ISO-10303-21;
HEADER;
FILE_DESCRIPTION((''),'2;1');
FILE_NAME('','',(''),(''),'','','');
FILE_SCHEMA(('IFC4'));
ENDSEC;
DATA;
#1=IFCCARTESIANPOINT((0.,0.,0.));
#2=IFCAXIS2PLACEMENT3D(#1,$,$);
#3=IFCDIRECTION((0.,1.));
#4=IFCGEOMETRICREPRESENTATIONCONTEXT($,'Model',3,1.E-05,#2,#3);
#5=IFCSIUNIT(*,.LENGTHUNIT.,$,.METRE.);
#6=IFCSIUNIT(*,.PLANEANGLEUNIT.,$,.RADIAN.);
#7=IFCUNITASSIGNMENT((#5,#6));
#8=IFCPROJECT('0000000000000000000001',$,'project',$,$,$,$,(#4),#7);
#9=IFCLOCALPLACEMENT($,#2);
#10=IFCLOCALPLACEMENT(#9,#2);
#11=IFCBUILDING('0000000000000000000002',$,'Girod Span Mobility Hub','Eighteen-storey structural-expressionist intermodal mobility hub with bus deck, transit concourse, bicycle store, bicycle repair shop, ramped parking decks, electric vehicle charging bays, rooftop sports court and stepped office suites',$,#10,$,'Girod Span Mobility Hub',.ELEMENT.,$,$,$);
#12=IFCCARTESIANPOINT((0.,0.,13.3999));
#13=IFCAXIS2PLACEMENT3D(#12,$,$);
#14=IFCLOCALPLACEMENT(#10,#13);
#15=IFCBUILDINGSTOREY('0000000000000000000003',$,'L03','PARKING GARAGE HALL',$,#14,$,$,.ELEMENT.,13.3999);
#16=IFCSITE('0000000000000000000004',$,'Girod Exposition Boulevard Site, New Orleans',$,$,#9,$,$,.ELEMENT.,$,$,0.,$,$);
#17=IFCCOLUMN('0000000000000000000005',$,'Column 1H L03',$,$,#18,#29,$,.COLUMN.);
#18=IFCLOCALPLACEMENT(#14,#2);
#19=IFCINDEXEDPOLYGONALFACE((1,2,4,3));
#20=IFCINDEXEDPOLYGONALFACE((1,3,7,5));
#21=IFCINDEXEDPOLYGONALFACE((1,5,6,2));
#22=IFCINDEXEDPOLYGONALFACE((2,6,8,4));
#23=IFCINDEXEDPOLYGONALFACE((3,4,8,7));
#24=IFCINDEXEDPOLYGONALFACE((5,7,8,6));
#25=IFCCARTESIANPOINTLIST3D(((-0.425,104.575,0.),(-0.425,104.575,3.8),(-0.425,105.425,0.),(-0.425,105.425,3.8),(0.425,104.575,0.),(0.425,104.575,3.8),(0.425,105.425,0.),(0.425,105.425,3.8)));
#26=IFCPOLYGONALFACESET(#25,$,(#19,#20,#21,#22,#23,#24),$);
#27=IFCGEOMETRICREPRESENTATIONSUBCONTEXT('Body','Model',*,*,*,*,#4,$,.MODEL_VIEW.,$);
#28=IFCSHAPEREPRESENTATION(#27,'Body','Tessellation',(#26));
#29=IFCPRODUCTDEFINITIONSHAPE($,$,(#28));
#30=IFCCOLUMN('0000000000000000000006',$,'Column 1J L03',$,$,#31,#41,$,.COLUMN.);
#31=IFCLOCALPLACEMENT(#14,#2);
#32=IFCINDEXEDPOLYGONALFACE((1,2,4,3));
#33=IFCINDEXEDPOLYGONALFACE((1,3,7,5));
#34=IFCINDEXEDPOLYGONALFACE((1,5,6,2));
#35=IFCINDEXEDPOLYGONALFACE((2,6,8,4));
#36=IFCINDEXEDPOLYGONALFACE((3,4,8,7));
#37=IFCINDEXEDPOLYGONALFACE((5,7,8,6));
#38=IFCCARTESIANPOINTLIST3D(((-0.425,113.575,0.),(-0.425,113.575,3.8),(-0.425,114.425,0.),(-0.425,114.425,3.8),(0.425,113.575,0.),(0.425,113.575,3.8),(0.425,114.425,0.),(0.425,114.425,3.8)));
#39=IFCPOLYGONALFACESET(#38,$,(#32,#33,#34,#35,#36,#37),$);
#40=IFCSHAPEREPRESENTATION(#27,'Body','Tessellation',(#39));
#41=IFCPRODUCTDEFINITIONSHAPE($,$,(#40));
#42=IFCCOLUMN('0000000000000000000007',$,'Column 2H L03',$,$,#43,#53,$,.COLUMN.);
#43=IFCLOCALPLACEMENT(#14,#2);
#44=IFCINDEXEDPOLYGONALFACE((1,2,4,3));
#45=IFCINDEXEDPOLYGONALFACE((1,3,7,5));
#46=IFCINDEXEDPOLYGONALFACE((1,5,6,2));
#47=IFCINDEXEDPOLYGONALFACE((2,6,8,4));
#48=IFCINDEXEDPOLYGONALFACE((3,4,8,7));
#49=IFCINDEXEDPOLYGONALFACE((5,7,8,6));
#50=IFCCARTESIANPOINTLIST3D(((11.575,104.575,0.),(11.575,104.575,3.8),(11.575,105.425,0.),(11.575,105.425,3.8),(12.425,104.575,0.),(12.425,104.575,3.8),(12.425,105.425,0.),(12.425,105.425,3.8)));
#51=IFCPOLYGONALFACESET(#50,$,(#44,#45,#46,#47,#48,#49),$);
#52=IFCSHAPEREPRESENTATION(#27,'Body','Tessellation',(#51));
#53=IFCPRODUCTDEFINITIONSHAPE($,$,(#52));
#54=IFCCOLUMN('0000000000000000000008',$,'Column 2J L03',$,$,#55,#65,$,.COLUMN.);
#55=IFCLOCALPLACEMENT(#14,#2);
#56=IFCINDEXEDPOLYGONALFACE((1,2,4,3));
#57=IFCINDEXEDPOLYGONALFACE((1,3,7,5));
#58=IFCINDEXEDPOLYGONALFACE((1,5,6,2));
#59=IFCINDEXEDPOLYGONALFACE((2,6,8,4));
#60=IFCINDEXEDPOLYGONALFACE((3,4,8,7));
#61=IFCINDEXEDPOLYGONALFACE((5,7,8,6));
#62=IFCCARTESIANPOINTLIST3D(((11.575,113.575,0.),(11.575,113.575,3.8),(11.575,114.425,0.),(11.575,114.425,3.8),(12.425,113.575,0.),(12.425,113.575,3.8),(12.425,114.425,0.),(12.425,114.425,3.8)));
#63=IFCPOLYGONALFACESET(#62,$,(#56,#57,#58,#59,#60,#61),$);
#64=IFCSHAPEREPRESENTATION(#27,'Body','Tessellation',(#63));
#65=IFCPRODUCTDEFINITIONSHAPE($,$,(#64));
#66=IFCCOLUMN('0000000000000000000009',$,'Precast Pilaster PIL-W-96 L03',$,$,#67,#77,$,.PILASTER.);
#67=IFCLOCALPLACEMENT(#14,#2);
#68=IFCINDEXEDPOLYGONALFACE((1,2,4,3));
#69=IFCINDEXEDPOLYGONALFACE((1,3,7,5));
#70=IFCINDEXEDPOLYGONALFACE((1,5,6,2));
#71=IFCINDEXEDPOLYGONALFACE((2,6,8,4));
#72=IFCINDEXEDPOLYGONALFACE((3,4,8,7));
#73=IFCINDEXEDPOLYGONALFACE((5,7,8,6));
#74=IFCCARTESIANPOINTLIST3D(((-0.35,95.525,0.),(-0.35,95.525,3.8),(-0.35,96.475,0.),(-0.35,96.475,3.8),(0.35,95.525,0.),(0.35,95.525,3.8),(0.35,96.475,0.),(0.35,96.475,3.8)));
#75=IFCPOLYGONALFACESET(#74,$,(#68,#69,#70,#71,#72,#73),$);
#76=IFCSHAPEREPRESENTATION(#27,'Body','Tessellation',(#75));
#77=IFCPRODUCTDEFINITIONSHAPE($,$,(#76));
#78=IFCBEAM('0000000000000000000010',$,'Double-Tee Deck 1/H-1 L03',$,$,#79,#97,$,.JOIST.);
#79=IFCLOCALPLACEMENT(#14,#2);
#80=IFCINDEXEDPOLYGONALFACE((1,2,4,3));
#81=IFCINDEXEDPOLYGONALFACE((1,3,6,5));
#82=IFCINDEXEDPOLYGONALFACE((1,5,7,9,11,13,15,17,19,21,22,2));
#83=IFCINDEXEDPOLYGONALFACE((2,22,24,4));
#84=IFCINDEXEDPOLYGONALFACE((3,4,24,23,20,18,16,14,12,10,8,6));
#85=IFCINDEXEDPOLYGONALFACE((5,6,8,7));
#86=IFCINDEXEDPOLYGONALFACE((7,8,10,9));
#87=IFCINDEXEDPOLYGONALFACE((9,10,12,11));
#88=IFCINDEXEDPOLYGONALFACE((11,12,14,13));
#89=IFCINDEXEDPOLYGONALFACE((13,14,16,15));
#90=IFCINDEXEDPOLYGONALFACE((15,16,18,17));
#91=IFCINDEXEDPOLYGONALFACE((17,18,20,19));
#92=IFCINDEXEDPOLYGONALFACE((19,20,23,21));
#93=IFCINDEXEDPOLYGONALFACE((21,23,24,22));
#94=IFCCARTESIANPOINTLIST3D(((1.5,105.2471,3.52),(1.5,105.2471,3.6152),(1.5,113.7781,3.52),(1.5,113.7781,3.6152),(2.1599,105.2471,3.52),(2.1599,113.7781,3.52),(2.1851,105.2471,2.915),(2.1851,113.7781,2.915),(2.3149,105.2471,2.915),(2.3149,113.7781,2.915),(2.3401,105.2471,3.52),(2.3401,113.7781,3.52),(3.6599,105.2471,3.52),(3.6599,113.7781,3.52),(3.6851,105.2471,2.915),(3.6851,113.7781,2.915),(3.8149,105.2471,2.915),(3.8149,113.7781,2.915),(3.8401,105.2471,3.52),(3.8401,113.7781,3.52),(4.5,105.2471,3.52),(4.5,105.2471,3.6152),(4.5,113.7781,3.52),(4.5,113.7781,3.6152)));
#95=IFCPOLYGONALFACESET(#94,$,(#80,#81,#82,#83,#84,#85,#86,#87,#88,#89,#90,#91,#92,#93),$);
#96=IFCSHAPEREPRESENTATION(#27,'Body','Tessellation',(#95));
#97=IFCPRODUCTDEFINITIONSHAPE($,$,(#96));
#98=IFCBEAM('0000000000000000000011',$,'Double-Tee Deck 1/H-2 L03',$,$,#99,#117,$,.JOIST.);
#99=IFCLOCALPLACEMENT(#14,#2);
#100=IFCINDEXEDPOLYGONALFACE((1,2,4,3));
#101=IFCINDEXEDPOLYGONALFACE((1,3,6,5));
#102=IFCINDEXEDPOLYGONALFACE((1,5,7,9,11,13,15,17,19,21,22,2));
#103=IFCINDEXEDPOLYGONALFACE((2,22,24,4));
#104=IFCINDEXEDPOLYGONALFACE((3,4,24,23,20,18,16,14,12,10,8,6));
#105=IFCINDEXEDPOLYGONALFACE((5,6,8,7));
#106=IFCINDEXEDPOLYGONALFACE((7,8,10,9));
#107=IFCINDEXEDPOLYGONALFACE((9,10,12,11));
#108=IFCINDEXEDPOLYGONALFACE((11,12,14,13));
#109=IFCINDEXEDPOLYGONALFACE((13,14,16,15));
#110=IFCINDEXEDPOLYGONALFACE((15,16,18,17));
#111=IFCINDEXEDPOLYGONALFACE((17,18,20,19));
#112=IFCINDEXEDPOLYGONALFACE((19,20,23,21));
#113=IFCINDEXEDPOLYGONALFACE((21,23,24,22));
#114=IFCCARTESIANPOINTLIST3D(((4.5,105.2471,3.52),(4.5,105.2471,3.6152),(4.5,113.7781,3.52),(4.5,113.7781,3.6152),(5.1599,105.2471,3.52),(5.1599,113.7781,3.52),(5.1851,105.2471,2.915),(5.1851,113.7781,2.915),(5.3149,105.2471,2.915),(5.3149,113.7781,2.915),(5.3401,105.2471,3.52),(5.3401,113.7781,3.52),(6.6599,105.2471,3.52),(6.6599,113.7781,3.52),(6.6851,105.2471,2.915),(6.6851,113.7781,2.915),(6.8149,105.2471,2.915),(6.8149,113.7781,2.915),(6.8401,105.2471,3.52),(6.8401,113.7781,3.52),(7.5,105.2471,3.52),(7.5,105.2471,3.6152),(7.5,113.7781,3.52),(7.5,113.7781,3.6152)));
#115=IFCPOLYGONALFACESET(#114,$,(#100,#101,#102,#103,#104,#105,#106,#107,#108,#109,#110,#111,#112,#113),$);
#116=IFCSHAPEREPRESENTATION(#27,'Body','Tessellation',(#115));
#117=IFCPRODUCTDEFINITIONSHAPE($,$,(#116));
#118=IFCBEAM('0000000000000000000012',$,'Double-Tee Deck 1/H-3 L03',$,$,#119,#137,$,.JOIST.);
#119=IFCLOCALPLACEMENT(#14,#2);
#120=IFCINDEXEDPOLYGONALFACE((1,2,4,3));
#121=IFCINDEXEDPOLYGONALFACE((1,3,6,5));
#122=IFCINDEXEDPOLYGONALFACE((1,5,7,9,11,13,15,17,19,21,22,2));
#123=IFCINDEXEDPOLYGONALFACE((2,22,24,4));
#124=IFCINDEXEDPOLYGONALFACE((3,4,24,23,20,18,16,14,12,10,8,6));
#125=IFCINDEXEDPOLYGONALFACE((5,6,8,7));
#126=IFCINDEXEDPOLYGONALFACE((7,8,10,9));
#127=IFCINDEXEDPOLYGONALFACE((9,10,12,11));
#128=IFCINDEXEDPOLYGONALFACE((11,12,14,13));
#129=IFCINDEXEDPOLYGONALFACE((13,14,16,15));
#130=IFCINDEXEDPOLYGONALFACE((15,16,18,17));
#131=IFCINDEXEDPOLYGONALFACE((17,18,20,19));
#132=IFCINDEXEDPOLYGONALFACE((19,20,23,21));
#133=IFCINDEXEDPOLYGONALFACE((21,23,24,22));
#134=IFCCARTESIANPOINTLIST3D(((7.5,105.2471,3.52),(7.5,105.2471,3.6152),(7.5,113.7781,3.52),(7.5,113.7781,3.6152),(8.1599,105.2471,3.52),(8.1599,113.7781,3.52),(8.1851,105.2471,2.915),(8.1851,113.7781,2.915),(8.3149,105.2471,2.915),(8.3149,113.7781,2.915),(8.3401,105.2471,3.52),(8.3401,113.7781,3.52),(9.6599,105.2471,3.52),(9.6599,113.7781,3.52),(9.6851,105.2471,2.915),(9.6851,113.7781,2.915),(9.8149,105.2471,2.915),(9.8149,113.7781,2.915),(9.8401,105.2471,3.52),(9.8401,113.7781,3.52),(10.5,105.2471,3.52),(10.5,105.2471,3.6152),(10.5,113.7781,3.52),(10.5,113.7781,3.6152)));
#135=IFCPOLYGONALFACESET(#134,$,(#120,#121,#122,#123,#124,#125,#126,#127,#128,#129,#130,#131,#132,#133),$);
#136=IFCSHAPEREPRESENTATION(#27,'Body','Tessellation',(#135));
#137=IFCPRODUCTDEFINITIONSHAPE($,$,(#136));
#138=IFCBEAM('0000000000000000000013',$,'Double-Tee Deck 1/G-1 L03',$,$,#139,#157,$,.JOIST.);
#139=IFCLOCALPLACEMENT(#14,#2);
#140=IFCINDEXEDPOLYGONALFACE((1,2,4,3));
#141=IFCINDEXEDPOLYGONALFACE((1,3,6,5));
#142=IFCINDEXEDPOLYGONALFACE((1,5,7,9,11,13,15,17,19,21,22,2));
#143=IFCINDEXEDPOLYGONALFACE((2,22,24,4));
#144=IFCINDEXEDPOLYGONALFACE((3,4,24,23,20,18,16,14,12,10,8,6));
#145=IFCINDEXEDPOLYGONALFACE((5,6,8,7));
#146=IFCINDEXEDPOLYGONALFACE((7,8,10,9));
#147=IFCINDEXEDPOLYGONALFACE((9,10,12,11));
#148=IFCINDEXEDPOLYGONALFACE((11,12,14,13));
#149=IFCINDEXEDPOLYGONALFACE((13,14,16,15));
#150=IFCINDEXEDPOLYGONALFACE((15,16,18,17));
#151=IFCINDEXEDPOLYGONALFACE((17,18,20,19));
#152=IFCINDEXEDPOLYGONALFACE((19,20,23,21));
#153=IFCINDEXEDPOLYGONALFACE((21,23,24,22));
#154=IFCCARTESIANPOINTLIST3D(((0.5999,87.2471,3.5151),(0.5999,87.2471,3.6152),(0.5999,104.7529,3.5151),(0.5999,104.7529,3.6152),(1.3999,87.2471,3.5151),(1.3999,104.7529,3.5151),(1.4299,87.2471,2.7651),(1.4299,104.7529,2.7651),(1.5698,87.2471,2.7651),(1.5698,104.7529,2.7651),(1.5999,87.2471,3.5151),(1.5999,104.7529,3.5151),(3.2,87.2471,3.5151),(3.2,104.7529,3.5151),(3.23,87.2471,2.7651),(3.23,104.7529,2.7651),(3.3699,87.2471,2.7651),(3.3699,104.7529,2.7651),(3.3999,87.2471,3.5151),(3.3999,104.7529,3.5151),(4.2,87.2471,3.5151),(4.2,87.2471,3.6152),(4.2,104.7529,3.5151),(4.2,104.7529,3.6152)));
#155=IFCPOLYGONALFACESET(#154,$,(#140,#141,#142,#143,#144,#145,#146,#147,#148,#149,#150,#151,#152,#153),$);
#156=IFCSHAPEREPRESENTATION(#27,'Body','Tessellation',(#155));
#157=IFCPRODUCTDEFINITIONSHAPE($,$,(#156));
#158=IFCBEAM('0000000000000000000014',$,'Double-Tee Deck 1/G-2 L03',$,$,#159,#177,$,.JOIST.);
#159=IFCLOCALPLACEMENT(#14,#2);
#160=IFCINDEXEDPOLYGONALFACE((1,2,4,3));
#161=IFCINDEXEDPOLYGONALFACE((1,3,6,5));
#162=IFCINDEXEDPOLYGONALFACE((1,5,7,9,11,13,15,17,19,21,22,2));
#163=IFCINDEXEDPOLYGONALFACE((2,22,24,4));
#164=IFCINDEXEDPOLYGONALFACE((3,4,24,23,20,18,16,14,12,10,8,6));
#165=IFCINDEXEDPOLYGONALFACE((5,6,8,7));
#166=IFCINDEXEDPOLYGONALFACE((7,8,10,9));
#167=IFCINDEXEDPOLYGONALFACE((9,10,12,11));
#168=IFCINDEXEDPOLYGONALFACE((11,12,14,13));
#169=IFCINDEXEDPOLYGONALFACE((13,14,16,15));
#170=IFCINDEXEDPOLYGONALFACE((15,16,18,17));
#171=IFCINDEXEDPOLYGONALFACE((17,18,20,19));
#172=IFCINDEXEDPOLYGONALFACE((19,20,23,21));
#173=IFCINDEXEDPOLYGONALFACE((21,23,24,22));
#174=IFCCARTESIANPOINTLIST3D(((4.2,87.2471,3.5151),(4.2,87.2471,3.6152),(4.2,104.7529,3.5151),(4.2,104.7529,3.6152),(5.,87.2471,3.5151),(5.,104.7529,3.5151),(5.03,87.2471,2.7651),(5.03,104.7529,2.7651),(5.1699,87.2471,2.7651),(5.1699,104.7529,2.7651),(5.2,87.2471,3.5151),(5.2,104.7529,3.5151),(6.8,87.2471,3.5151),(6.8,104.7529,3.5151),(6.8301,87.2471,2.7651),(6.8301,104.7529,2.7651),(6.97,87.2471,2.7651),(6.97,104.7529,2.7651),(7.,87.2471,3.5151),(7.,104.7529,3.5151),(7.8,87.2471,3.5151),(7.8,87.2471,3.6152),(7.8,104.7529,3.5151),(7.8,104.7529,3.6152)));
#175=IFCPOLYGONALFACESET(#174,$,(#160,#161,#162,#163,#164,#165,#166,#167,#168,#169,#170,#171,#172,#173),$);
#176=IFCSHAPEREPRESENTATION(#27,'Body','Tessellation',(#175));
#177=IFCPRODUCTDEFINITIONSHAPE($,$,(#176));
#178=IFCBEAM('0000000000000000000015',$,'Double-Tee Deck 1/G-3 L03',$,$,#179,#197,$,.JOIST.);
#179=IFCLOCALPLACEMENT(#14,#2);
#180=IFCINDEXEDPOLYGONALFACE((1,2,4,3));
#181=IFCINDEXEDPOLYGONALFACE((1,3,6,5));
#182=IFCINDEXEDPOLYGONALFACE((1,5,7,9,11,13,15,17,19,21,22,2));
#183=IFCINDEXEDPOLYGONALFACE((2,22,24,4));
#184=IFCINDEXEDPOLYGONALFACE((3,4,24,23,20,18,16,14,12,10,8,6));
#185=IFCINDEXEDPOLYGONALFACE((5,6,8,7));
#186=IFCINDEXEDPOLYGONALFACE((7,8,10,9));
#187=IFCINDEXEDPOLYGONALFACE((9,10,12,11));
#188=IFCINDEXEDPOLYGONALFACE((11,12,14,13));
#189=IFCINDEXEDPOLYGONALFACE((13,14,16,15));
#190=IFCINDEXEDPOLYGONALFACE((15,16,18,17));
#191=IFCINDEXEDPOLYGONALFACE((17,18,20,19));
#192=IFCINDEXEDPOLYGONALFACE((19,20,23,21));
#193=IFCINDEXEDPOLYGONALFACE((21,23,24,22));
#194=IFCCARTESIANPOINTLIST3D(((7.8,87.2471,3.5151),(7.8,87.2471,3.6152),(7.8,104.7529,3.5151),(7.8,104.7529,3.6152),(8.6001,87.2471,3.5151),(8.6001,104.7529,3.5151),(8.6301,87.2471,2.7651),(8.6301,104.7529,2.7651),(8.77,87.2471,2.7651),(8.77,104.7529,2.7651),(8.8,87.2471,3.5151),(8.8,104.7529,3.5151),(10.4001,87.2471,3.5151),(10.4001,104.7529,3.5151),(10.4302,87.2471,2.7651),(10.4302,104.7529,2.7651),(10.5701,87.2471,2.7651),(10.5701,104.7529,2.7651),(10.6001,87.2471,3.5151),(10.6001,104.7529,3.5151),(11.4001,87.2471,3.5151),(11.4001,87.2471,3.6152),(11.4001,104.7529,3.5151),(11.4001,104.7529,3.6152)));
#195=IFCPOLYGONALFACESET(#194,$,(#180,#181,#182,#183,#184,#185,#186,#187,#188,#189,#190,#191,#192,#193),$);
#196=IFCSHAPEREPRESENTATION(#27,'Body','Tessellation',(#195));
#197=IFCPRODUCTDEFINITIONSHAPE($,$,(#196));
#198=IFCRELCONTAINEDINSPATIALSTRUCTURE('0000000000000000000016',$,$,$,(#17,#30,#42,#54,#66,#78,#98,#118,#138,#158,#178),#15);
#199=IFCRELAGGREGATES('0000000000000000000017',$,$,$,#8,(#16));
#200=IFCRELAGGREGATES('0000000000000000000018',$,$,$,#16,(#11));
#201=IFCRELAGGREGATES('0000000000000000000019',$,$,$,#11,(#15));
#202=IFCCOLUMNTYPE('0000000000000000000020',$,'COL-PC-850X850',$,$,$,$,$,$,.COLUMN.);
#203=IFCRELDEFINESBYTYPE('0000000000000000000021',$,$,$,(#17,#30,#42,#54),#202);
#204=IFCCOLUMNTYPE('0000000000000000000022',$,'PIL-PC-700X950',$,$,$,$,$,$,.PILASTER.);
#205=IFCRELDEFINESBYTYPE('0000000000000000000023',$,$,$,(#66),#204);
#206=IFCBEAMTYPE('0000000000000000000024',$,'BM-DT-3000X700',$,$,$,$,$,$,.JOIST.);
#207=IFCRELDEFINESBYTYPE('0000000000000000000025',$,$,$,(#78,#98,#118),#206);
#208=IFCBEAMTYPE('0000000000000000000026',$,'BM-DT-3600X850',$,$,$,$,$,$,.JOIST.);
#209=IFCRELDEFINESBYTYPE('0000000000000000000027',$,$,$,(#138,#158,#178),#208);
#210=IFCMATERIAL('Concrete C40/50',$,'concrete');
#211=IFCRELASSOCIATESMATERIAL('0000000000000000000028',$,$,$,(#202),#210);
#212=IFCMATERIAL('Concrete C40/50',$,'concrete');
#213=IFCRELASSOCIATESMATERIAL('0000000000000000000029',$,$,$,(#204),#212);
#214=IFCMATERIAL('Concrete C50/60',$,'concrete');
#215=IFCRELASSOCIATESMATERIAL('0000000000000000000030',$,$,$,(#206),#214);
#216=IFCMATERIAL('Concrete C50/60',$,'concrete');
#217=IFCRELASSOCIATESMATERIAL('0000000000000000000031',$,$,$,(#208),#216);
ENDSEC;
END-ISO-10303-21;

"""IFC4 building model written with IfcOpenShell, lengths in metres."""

from ifc_helpers import new_model, si_unit, direction, frame, origin, origin_2d, place, context, subcontext, project, spatial, polyline, rectangle, outline, extrude, material, material_profile, profile_set, type_object, element, save


model = new_model("IFC4")

# Units and contexts
model_context = context("Model", 3, precision=1e-05, world=origin(), true_north=direction((0.0, 1.0)))
body_context = subcontext(model_context, "Body", "Model", "MODEL_VIEW")
ifc_project = project(units=[si_unit("LENGTHUNIT", "METRE"), si_unit("PLANEANGLEUNIT", "RADIAN")], contexts=[model_context])

# Site, building, storey
site_placement = place(None, origin())
site = spatial("IfcSite", under=ifc_project, at=site_placement, Name="Girod Exposition Boulevard Site, New Orleans", CompositionType="ELEMENT", RefElevation=0.0)
building_placement = place(site_placement, origin())
building = spatial("IfcBuilding", under=site, at=building_placement, Name="Girod Span Mobility Hub", Description="Eighteen-storey structural-expressionist intermodal mobility hub with bus deck, transit concourse, bicycle store, bicycle repair shop, ramped parking decks, electric vehicle charging bays, rooftop sports court and stepped office suites", LongName="Girod Span Mobility Hub", CompositionType="ELEMENT")
storey_placement = place(building_placement, frame((0.0, 0.0, 13.3999)))
storey = spatial("IfcBuildingStorey", under=building, at=storey_placement, Name="L03", Description="PARKING GARAGE HALL", CompositionType="ELEMENT", Elevation=13.3999)

# Columns
ifc_material_1 = material(Name="Concrete C40/50", Category="concrete")
ifc_material_profile_1 = material_profile(ifc_material_1, rectangle(XDim=0.8501, YDim=0.8501, at=origin_2d()), Name="PC-COL-850X850")
ifc_profile_set_1 = profile_set([ifc_material_profile_1], Name="Concrete C40/50")
column_type_1 = type_object("IfcColumnType", Name="COL-PC-850X850", PredefinedType="COLUMN", material=ifc_profile_set_1)
for number, where, z_axis, x_axis, name in (
    (1, (0.0, 105.0, 0.0), (0.0, 0.0, 1.0), (1.0, 0.0, 0.0), "Column 1H L03"),
    (2, (0.0, 114.0, 0.0), (0.0, 0.0, 1.0), (1.0, 0.0, 0.0), "Column 1J L03"),
    (3, (12.0, 105.0, 0.0), (0.0, 0.0, 1.0), (1.0, 0.0, 0.0), "Column 2H L03"),
    (4, (12.0, 114.0, 0.0), (0.0, 0.0, 1.0), (1.0, 0.0, 0.0), "Column 2J L03"),
):
    element("IfcColumn", number, at=place(storey_placement, frame(where, z_axis=z_axis, x_axis=x_axis)), inside=storey, type_object=column_type_1, Name=name, PredefinedType="COLUMN", context=body_context, shape_type="SweptSolid", body=[
        extrude(rectangle(XDim=0.8501, YDim=0.8501, at=origin_2d()), origin(), (0.0, 0.0, 1.0), 3.8),
    ])
ifc_material_2 = material(Name="Concrete C40/50", Category="concrete")
ifc_material_profile_2 = material_profile(ifc_material_2, rectangle(XDim=0.7, YDim=0.95, at=origin_2d()), Name="PC-PIL-700X950")
ifc_profile_set_2 = profile_set([ifc_material_profile_2], Name="Concrete C40/50")
column_type_2 = type_object("IfcColumnType", Name="PIL-PC-700X950", PredefinedType="PILASTER", material=ifc_profile_set_2)
column_placement = place(storey_placement, frame((0.0, 96.0, 0.0), z_axis=(0.0, 0.0, 1.0), x_axis=(1.0, 0.0, 0.0)))
element("IfcColumn", 5, at=column_placement, inside=storey, type_object=column_type_2, Name="Precast Pilaster PIL-W-96 L03", PredefinedType="PILASTER", context=body_context, shape_type="SweptSolid", body=[
    extrude(rectangle(XDim=0.7, YDim=0.95, at=origin_2d()), origin(), (0.0, 0.0, 1.0), 3.8),
])

# Beams
ifc_material_3 = material(Name="Concrete C50/60", Category="concrete")
ifc_material_profile_3 = material_profile(ifc_material_3, outline(polyline([(-1.5, 0.3501), (-1.5, 0.2549), (-0.8401, 0.2549), (-0.8149, -0.3501), (-0.6851, -0.3501), (-0.6599, 0.2549), (0.6599, 0.2549), (0.6851, -0.3501), (0.8149, -0.3501), (0.8401, 0.2549), (1.5, 0.2549), (1.5, 0.3501), (-1.5, 0.3501)])), Name="DT-3000X700")
ifc_profile_set_3 = profile_set([ifc_material_profile_3], Name="Concrete C50/60")
beam_type_1 = type_object("IfcBeamType", Name="BM-DT-3000X700", PredefinedType="JOIST", material=ifc_profile_set_3)
for number, where, z_axis, x_axis, name in (
    (6, (3.0, 105.2471, 3.2651), (0.0, 1.0, 0.0), (-1.0, 0.0, 0.0), "Double-Tee Deck 1/H-1 L03"),
    (7, (6.0, 105.2471, 3.2651), (0.0, 1.0, 0.0), (-1.0, 0.0, 0.0), "Double-Tee Deck 1/H-2 L03"),
    (8, (9.0, 105.2471, 3.2651), (0.0, 1.0, 0.0), (-1.0, 0.0, 0.0), "Double-Tee Deck 1/H-3 L03"),
):
    element("IfcBeam", number, at=place(storey_placement, frame(where, z_axis=z_axis, x_axis=x_axis)), inside=storey, type_object=beam_type_1, Name=name, PredefinedType="JOIST", context=body_context, shape_type="SweptSolid", body=[
        extrude(outline(polyline([(-1.5, 0.3501), (-1.5, 0.2549), (-0.8401, 0.2549), (-0.8149, -0.3501), (-0.6851, -0.3501), (-0.6599, 0.2549), (0.6599, 0.2549), (0.6851, -0.3501), (0.8149, -0.3501), (0.8401, 0.2549), (1.5, 0.2549), (1.5, 0.3501), (-1.5, 0.3501)])), origin(), (0.0, 0.0, 1.0), 8.531),
    ])
ifc_material_4 = material(Name="Concrete C50/60", Category="concrete")
ifc_material_profile_4 = material_profile(ifc_material_4, outline(polyline([(-1.8, 0.425), (-1.8, 0.325), (-1.0, 0.325), (-0.97, -0.425), (-0.8301, -0.425), (-0.8, 0.325), (0.8, 0.325), (0.8301, -0.425), (0.97, -0.425), (1.0, 0.325), (1.8, 0.325), (1.8, 0.425), (-1.8, 0.425)])), Name="DT-3600X850")
ifc_profile_set_4 = profile_set([ifc_material_profile_4], Name="Concrete C50/60")
beam_type_2 = type_object("IfcBeamType", Name="BM-DT-3600X850", PredefinedType="JOIST", material=ifc_profile_set_4)
for number, where, z_axis, x_axis, name in (
    (9, (2.3999, 87.2471, 3.1902), (0.0, 1.0, 0.0), (-1.0, 0.0, 0.0), "Double-Tee Deck 1/G-1 L03"),
    (10, (6.0, 87.2471, 3.1902), (0.0, 1.0, 0.0), (-1.0, 0.0, 0.0), "Double-Tee Deck 1/G-2 L03"),
    (11, (9.6001, 87.2471, 3.1902), (0.0, 1.0, 0.0), (-1.0, 0.0, 0.0), "Double-Tee Deck 1/G-3 L03"),
):
    element("IfcBeam", number, at=place(storey_placement, frame(where, z_axis=z_axis, x_axis=x_axis)), inside=storey, type_object=beam_type_2, Name=name, PredefinedType="JOIST", context=body_context, shape_type="SweptSolid", body=[
        extrude(outline(polyline([(-1.8, 0.425), (-1.8, 0.325), (-1.0, 0.325), (-0.97, -0.425), (-0.8301, -0.425), (-0.8, 0.325), (0.8, 0.325), (0.8301, -0.425), (0.97, -0.425), (1.0, 0.325), (1.8, 0.325), (1.8, 0.425), (-1.8, 0.425)])), origin(), (0.0, 0.0, 1.0), 17.5059),
    ])

save(model, "model.ifc")
